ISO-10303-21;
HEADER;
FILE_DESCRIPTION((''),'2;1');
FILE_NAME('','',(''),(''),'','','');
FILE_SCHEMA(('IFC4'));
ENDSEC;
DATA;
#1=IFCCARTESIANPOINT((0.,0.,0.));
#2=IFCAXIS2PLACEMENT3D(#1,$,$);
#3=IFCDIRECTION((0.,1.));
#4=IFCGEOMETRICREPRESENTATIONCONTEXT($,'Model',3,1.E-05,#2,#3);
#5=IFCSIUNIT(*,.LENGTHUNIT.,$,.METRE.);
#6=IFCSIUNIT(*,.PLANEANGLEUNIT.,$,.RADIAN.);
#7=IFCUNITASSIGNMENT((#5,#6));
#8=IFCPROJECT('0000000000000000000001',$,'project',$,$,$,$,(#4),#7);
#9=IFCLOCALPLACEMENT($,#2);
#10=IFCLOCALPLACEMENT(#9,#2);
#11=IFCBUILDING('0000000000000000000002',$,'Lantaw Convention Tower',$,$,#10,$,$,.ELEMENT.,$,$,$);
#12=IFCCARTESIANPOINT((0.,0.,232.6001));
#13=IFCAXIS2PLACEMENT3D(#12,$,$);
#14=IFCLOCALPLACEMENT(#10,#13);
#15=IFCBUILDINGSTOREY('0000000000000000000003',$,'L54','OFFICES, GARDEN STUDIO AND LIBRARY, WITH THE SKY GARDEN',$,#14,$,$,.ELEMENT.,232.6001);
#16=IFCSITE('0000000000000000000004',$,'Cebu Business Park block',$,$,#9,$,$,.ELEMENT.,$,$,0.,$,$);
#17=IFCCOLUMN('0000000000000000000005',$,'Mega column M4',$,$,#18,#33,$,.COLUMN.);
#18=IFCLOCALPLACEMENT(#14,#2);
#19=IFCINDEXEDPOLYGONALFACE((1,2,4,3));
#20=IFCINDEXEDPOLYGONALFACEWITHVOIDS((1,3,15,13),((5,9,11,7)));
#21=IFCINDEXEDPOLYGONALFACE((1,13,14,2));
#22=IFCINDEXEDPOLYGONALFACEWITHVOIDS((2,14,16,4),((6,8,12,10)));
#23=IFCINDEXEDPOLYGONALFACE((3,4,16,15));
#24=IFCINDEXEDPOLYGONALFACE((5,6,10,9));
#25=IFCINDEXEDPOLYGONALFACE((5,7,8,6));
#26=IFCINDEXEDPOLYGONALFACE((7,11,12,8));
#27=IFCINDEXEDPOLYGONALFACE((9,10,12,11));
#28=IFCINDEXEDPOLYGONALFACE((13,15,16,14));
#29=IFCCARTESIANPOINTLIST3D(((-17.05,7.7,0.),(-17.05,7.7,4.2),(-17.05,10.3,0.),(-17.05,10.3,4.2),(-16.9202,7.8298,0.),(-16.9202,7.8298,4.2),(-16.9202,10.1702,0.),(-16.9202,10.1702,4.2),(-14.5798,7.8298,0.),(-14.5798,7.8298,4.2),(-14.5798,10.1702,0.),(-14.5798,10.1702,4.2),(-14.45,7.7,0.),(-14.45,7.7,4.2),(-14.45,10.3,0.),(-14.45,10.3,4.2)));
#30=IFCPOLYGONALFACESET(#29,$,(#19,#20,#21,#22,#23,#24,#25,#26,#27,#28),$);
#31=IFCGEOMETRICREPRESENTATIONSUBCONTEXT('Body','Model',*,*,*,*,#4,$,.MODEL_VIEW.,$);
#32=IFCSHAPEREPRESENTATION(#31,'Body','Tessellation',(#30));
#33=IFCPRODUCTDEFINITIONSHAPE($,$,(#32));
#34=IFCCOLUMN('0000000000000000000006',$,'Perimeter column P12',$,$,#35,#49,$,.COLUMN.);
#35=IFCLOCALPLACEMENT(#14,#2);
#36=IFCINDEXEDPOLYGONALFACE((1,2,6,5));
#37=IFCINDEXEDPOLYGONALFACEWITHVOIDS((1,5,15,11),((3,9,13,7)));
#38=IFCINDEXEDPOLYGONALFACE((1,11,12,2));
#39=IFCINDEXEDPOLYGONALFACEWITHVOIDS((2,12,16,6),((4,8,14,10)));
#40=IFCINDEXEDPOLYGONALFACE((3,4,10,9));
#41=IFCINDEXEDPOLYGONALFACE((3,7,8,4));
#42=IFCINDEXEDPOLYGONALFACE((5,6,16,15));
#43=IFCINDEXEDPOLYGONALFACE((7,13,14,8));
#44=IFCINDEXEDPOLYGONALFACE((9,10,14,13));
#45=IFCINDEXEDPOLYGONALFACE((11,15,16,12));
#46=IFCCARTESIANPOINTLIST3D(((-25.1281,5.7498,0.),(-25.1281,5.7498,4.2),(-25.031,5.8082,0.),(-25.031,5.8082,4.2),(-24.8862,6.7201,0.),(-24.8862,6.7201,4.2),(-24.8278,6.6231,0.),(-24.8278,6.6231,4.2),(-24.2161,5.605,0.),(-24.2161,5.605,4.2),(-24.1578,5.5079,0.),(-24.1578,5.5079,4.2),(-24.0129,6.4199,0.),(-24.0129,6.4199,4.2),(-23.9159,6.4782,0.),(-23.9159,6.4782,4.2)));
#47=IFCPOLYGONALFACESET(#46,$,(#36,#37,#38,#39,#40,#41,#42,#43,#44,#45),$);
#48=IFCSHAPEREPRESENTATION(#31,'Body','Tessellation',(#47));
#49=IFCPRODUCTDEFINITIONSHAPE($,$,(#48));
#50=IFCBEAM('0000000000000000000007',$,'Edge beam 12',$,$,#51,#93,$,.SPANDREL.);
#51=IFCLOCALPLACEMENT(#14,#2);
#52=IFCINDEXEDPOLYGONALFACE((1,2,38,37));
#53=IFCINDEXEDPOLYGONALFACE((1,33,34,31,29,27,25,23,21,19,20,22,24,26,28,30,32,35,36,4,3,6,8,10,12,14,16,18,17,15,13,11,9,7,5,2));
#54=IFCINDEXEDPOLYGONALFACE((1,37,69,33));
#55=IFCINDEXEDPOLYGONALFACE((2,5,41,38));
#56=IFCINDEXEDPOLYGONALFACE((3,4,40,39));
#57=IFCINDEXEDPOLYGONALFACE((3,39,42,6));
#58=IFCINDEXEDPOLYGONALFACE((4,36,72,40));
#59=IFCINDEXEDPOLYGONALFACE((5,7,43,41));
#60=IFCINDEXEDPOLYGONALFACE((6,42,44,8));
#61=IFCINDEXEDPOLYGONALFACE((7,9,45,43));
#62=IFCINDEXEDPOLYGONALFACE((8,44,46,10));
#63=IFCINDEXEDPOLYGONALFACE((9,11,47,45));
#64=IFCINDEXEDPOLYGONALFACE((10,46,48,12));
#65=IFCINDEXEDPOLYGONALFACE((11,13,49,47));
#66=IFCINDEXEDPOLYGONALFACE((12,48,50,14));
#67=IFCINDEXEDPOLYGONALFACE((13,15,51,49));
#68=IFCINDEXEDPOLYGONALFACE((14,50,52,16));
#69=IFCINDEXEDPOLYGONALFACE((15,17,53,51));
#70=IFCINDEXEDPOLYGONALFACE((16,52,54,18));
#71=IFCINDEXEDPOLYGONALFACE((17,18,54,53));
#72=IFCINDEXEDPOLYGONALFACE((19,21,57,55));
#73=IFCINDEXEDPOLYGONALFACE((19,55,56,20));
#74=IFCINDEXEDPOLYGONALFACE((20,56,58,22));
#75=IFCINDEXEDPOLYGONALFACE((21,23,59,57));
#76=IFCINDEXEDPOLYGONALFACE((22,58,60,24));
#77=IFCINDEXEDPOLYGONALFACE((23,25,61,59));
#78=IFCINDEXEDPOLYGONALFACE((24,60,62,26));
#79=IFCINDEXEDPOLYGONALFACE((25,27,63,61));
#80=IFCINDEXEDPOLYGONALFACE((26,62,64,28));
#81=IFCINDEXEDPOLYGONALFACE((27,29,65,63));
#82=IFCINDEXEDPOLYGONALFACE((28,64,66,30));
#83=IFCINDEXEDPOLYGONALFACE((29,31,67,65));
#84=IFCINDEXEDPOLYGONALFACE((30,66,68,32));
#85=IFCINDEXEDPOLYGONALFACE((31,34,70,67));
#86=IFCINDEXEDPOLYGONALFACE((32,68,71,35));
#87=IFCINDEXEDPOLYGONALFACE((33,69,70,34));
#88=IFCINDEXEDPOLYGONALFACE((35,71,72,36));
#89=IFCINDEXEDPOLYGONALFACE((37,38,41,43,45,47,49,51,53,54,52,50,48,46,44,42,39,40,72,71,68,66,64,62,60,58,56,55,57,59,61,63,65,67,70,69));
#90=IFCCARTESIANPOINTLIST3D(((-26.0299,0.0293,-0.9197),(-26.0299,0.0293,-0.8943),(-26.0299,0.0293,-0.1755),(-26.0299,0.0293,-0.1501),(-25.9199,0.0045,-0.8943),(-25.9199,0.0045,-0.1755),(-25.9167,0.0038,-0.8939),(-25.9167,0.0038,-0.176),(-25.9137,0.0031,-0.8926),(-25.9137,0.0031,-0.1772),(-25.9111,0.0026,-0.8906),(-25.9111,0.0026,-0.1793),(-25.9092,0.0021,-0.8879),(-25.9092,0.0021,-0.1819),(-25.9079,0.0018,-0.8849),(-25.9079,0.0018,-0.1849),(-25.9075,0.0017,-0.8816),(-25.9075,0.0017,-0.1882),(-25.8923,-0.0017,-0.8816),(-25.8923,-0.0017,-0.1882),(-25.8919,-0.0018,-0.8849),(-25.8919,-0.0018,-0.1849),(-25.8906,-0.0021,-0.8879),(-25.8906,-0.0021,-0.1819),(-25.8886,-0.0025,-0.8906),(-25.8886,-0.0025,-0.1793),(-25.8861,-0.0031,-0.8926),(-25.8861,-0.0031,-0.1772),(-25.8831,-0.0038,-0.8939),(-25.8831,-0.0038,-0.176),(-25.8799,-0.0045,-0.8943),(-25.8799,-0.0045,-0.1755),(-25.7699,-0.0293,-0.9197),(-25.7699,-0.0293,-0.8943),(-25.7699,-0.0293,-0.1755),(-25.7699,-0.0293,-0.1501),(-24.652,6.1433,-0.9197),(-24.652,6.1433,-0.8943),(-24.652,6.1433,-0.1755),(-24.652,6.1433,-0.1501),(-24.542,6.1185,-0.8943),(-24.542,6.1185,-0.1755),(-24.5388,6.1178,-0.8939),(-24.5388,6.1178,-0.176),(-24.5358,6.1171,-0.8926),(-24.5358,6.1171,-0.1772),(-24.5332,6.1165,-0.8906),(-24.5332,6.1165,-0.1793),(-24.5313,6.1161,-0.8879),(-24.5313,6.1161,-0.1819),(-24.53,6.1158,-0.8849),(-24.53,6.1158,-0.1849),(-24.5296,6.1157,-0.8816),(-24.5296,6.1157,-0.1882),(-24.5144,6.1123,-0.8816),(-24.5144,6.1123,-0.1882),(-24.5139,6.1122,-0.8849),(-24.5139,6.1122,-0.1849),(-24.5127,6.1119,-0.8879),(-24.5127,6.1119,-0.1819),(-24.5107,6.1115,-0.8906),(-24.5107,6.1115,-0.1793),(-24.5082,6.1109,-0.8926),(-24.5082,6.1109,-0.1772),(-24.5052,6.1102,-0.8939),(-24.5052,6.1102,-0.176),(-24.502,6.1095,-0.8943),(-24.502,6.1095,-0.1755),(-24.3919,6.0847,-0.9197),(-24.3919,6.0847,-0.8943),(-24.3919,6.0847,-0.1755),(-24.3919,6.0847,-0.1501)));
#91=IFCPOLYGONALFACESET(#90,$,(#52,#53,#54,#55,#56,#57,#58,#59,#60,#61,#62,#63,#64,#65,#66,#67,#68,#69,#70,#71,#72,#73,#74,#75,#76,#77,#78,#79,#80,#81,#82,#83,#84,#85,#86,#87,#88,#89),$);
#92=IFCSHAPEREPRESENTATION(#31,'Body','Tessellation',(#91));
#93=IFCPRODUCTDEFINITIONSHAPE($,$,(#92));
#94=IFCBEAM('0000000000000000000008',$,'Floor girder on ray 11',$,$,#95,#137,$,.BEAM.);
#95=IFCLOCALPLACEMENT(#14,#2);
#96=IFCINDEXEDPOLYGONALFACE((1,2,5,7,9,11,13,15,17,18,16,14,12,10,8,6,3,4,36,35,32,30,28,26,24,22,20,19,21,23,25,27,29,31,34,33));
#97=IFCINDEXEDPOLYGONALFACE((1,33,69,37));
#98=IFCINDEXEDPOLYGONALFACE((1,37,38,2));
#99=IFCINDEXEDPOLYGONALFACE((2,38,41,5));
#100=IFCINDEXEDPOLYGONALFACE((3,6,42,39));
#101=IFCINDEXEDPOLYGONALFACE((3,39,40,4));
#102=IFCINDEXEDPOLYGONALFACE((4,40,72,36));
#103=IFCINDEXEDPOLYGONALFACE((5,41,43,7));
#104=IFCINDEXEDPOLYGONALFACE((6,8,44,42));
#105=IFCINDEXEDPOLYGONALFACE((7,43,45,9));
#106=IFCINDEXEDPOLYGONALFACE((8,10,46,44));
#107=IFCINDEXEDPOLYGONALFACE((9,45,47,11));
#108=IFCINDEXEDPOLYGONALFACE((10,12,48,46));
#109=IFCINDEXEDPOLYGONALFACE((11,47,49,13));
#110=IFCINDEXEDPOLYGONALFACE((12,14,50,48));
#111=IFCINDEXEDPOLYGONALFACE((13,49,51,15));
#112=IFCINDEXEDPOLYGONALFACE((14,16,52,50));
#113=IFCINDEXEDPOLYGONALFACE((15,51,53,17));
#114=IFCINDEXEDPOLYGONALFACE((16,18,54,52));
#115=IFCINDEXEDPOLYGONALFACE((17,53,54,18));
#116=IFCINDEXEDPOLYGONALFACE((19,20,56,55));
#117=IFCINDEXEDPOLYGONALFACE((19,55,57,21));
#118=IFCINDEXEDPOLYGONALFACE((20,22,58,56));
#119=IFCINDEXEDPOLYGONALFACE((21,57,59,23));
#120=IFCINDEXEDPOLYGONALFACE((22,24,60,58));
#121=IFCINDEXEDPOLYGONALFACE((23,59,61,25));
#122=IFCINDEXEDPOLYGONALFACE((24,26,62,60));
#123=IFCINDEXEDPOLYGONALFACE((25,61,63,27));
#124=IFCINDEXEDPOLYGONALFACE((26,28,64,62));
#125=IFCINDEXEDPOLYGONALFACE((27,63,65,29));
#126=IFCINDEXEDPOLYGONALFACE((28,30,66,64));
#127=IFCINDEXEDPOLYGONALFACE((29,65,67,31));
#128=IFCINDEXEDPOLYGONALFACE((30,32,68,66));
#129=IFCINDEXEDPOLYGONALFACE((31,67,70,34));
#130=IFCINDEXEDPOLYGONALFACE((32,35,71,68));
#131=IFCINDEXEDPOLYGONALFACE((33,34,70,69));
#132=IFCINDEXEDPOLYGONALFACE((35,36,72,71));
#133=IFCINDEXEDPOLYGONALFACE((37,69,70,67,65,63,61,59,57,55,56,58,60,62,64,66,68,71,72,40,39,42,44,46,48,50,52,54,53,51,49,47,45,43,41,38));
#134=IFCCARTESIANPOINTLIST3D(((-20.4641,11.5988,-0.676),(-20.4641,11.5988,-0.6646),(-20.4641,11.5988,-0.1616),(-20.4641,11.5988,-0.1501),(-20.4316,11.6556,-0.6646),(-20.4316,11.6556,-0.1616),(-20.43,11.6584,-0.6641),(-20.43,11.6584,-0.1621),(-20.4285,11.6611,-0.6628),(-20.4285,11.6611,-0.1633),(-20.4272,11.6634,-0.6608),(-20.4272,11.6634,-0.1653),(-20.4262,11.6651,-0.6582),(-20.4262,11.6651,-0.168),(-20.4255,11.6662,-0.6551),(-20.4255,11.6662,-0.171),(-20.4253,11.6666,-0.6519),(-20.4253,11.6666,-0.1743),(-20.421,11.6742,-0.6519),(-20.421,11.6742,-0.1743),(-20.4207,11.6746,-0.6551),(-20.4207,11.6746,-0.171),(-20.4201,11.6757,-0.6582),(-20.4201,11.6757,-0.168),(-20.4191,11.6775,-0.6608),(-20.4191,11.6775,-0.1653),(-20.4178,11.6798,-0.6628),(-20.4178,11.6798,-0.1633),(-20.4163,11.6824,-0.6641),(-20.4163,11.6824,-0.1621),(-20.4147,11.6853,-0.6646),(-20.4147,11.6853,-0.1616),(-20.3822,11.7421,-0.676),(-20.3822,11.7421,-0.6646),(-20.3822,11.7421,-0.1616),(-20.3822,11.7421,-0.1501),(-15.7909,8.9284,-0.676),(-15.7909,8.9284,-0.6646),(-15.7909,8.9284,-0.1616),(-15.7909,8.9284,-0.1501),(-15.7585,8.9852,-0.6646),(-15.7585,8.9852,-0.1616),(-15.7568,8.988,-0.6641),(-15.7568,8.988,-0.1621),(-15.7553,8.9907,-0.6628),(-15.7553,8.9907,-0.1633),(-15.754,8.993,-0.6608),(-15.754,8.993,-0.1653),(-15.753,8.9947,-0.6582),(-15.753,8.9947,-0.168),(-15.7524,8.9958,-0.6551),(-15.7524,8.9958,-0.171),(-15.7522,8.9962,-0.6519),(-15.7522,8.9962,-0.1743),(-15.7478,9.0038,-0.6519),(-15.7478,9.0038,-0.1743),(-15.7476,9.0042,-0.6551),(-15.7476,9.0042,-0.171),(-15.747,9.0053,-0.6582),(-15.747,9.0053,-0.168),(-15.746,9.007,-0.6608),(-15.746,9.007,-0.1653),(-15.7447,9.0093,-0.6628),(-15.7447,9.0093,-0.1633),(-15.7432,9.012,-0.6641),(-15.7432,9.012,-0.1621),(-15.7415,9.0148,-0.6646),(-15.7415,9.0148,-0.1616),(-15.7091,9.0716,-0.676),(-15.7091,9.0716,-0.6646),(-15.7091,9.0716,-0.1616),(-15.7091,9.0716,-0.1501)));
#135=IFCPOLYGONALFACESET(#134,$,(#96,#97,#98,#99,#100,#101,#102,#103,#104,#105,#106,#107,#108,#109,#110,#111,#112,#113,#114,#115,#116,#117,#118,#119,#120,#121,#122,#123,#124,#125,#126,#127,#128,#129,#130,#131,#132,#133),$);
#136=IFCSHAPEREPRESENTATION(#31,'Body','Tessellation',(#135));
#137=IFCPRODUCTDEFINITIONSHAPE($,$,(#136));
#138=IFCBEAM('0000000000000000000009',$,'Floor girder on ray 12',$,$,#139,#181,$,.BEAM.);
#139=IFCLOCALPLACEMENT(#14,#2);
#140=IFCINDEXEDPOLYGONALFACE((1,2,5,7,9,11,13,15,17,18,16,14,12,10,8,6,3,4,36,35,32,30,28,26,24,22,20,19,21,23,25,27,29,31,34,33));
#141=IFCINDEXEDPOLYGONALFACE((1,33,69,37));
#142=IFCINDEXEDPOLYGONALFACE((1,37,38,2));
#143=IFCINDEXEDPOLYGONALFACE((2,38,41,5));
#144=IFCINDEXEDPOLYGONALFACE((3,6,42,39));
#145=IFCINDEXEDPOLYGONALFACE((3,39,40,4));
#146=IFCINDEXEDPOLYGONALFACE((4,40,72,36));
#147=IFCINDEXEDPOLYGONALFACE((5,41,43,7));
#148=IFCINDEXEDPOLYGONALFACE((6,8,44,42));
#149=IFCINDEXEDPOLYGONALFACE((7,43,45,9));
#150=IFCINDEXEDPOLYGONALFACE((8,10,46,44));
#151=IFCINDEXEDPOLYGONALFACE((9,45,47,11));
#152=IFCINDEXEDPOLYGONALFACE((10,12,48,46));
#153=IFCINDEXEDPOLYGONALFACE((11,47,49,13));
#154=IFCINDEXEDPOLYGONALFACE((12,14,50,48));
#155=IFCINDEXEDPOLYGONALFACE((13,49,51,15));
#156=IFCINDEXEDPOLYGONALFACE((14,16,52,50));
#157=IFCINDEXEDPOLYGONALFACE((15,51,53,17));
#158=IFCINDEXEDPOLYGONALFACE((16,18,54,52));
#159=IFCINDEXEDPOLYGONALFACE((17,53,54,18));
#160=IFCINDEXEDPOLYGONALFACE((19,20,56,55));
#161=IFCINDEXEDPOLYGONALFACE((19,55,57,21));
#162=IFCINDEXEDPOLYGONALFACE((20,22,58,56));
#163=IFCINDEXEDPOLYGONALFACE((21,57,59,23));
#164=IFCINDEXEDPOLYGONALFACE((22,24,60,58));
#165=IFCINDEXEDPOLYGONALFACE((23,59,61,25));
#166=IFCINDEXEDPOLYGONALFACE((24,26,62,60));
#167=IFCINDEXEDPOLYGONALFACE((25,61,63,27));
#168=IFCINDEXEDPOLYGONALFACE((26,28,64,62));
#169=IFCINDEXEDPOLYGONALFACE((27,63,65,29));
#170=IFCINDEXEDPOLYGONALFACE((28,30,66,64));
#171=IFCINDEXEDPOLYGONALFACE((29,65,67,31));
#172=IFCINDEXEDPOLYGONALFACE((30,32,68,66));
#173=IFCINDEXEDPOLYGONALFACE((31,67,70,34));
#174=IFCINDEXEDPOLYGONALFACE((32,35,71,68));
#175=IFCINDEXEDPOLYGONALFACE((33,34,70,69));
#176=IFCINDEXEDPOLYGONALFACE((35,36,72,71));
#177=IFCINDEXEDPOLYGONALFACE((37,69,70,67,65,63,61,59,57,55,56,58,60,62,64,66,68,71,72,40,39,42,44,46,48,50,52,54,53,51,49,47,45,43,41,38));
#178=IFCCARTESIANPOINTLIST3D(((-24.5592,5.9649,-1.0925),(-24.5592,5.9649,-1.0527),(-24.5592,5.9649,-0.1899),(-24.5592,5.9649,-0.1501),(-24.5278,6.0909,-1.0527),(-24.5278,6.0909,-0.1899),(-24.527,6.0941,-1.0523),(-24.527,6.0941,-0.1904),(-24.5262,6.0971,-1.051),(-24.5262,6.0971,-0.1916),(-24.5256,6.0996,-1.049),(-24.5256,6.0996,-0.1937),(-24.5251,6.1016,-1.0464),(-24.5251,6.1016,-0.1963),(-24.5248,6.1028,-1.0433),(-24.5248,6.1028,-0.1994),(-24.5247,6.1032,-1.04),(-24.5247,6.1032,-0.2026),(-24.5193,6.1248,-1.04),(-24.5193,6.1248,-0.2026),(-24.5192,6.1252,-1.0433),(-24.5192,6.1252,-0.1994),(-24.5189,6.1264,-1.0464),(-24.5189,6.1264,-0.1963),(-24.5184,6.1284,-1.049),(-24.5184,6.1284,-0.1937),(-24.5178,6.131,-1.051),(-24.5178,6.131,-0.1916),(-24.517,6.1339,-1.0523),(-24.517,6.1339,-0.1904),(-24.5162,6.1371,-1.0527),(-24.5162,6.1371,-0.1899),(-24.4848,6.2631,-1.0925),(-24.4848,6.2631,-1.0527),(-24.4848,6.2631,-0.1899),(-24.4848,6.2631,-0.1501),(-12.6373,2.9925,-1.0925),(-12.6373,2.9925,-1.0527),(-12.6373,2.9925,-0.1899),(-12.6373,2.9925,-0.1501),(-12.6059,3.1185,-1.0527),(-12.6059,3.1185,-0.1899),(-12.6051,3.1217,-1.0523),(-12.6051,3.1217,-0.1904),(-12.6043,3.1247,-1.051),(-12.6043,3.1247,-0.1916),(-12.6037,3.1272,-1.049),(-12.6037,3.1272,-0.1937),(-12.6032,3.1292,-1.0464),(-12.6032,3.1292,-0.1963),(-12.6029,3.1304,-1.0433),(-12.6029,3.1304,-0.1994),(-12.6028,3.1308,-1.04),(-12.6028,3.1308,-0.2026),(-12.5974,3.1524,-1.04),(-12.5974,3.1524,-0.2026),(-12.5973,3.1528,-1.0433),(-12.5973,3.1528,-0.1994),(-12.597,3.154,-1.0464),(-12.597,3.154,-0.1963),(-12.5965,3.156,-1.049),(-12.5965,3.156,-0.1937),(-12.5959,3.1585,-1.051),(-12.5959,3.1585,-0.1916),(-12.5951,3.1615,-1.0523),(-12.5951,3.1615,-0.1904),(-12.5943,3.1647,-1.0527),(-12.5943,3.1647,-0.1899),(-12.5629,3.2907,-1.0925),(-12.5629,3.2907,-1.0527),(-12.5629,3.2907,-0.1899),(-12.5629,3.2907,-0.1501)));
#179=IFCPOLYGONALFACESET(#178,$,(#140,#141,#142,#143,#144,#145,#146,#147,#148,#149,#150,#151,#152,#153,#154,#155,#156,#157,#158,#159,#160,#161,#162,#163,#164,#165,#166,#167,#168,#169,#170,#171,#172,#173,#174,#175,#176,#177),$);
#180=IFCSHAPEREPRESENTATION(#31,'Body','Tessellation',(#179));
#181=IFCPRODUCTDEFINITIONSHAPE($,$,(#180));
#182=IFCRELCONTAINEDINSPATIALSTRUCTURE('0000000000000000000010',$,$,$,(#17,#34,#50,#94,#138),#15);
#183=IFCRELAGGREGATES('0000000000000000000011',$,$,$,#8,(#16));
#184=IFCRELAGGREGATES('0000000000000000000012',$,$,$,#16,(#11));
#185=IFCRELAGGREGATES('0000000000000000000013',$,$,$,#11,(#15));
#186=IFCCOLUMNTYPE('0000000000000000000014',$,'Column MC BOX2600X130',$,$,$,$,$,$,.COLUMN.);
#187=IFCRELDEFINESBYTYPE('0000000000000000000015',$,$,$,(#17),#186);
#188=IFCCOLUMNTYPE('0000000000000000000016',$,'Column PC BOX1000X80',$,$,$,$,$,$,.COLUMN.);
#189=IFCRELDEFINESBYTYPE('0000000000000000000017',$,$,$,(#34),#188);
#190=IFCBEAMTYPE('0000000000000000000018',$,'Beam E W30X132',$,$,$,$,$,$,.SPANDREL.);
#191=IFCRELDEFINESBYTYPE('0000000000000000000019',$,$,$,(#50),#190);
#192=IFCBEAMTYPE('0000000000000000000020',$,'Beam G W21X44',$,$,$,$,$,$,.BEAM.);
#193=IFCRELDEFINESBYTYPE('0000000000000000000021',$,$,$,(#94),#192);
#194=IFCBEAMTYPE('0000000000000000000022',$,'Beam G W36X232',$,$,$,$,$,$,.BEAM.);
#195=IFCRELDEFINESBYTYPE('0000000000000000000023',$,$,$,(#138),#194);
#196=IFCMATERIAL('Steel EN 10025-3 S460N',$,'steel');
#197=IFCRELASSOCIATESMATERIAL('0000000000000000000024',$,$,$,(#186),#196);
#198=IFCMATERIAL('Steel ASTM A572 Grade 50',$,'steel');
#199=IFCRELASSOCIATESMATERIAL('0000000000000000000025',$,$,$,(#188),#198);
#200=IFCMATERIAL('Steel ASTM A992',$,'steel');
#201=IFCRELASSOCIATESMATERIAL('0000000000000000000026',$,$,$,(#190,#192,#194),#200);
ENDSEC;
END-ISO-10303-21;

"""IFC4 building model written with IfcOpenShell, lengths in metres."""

from ifc_helpers import new_model, si_unit, direction, frame, origin, origin_2d, place, context, subcontext, project, spatial, rectangle, hollow_rectangle, i_section, extrude, material, material_profile, profile_set, type_object, element, save


model = new_model("IFC4")

# Units and contexts
model_context = context("Model", 3, precision=1e-05, world=origin(), true_north=direction((0.0, 1.0)))
body_context = subcontext(model_context, "Body", "Model", "MODEL_VIEW")
ifc_project = project(units=[si_unit("LENGTHUNIT", "METRE"), si_unit("PLANEANGLEUNIT", "RADIAN")], contexts=[model_context])

# Site, building, storey
site_placement = place(None, origin())
site = spatial("IfcSite", under=ifc_project, at=site_placement, Name="Cebu Business Park block", CompositionType="ELEMENT", RefElevation=0.0)
building_placement = place(site_placement, origin())
building = spatial("IfcBuilding", under=site, at=building_placement, Name="Lantaw Convention Tower", CompositionType="ELEMENT")
storey_placement = place(building_placement, frame((0.0, 0.0, 232.6001)))
storey = spatial("IfcBuildingStorey", under=building, at=storey_placement, Name="L54", Description="OFFICES, GARDEN STUDIO AND LIBRARY, WITH THE SKY GARDEN", CompositionType="ELEMENT", Elevation=232.6001)

# Columns
ifc_material_1 = material(Name="Steel EN 10025-3 S460N", Category="steel")
ifc_material_profile_1 = material_profile(ifc_material_1, hollow_rectangle(XDim=2.6001, YDim=2.6001, WallThickness=0.1299, at=origin_2d()), Name="BOX2600X130")
ifc_material_2 = material(Name="Concrete C60/75", Category="concrete")
ifc_material_profile_2 = material_profile(ifc_material_2, rectangle(XDim=2.3401, YDim=2.3401, at=origin_2d()), Name="Concrete fill of BOX2600X130")
ifc_profile_set_1 = profile_set([ifc_material_profile_1, ifc_material_profile_2], Name="Steel EN 10025-3 S460N")
column_type_1 = type_object("IfcColumnType", Name="Column MC BOX2600X130", PredefinedType="COLUMN", material=ifc_profile_set_1)
column_1_placement = place(storey_placement, frame((-15.75, 9.0, 0.0), z_axis=(0.0, 0.0, 1.0), x_axis=(1.0, 0.0, 0.0)))
element("IfcColumn", 1, at=column_1_placement, inside=storey, type_object=column_type_1, Name="Mega column M4", PredefinedType="COLUMN", context=body_context, shape_type="SweptSolid", body=[
    extrude(hollow_rectangle(XDim=2.6001, YDim=2.6001, WallThickness=0.1299, at=origin_2d()), origin(), (0.0, 0.0, 1.0), 4.2),
])
ifc_material_3 = material(Name="Steel ASTM A572 Grade 50", Category="steel")
ifc_material_profile_3 = material_profile(ifc_material_3, hollow_rectangle(XDim=1.0, YDim=1.0, WallThickness=0.0801, at=origin_2d()), Name="BOX1000X80")
ifc_material_profile_4 = material_profile(ifc_material_2, rectangle(XDim=0.8401, YDim=0.8401, at=origin_2d()), Name="Concrete fill of BOX1000X80")
ifc_profile_set_2 = profile_set([ifc_material_profile_3, ifc_material_profile_4], Name="Steel ASTM A572 Grade 50")
column_type_2 = type_object("IfcColumnType", Name="Column PC BOX1000X80", PredefinedType="COLUMN", material=ifc_profile_set_2)
column_2_placement = place(storey_placement, frame((-24.522, 6.114, 0.0), z_axis=(0.0, 0.0, 1.0), x_axis=(0.241922, 0.970296, 0.0)))
element("IfcColumn", 2, at=column_2_placement, inside=storey, type_object=column_type_2, Name="Perimeter column P12", PredefinedType="COLUMN", context=body_context, shape_type="SweptSolid", body=[
    extrude(hollow_rectangle(XDim=1.0, YDim=1.0, WallThickness=0.0801, at=origin_2d()), origin(), (0.0, 0.0, 1.0), 4.2),
])

# Beams
ifc_material_4 = material(Name="Steel ASTM A992", Category="steel")
ifc_material_profile_5 = material_profile(ifc_material_4, i_section(OverallWidth=0.2666, OverallDepth=0.7695, WebThickness=0.0156, FlangeThickness=0.0254, FilletRadius=0.0127, at=origin_2d()), Name="W30X132")
ifc_profile_set_3 = profile_set([ifc_material_profile_5], Name="Steel ASTM A992")
beam_type_1 = type_object("IfcBeamType", Name="Beam E W30X132", PredefinedType="SPANDREL", material=ifc_profile_set_3)
beam_1_placement = place(storey_placement, frame((-24.522, 6.114, -0.5349), z_axis=(-0.219858, -0.975532, 0.0), x_axis=(0.975532, -0.219858, 0.0)))
element("IfcBeam", 3, at=beam_1_placement, inside=storey, type_object=beam_type_1, Name="Edge beam 12", PredefinedType="SPANDREL", context=body_context, shape_type="SweptSolid", body=[
    extrude(i_section(OverallWidth=0.2666, OverallDepth=0.7695, WebThickness=0.0156, FlangeThickness=0.0254, FilletRadius=0.0127, at=origin_2d()), origin(), (0.0, 0.0, 1.0), 6.2673),
])
ifc_material_profile_6 = material_profile(ifc_material_4, i_section(OverallWidth=0.165, OverallDepth=0.5259, WebThickness=0.0088, FlangeThickness=0.0115, FilletRadius=0.0127, at=origin_2d()), Name="W21X44")
ifc_profile_set_4 = profile_set([ifc_material_profile_6], Name="Steel ASTM A992")
beam_type_2 = type_object("IfcBeamType", Name="Beam G W21X44", PredefinedType="BEAM", material=ifc_profile_set_4)
beam_2_placement = place(storey_placement, frame((-15.75, 9.0, -0.4131), z_axis=(-0.868238, 0.496149, 0.0), x_axis=(-0.496149, -0.868238, 0.0)))
element("IfcBeam", 4, at=beam_2_placement, inside=storey, type_object=beam_type_2, Name="Floor girder on ray 11", PredefinedType="BEAM", context=body_context, shape_type="SweptSolid", body=[
    extrude(i_section(OverallWidth=0.165, OverallDepth=0.5259, WebThickness=0.0088, FlangeThickness=0.0115, FilletRadius=0.0127, at=origin_2d()), origin(), (0.0, 0.0, 1.0), 5.3823),
])
ifc_material_profile_7 = material_profile(ifc_material_4, i_section(OverallWidth=0.3074, OverallDepth=0.9424, WebThickness=0.0222, FlangeThickness=0.0398, FilletRadius=0.0127, at=origin_2d()), Name="W36X232")
ifc_profile_set_5 = profile_set([ifc_material_profile_7], Name="Steel ASTM A992")
beam_type_3 = type_object("IfcBeamType", Name="Beam G W36X232", PredefinedType="BEAM", material=ifc_profile_set_5)
beam_3_placement = place(storey_placement, frame((-12.6001, 3.1416, -0.6213), z_axis=(-0.970297, 0.241918, 0.0), x_axis=(-0.241918, -0.970297, 0.0)))
element("IfcBeam", 5, at=beam_3_placement, inside=storey, type_object=beam_type_3, Name="Floor girder on ray 12", PredefinedType="BEAM", context=body_context, shape_type="SweptSolid", body=[
    extrude(i_section(OverallWidth=0.3074, OverallDepth=0.9424, WebThickness=0.0222, FlangeThickness=0.0398, FilletRadius=0.0127, at=origin_2d()), origin(), (0.0, 0.0, 1.0), 12.2869),
])

save(model, "model.ifc")
